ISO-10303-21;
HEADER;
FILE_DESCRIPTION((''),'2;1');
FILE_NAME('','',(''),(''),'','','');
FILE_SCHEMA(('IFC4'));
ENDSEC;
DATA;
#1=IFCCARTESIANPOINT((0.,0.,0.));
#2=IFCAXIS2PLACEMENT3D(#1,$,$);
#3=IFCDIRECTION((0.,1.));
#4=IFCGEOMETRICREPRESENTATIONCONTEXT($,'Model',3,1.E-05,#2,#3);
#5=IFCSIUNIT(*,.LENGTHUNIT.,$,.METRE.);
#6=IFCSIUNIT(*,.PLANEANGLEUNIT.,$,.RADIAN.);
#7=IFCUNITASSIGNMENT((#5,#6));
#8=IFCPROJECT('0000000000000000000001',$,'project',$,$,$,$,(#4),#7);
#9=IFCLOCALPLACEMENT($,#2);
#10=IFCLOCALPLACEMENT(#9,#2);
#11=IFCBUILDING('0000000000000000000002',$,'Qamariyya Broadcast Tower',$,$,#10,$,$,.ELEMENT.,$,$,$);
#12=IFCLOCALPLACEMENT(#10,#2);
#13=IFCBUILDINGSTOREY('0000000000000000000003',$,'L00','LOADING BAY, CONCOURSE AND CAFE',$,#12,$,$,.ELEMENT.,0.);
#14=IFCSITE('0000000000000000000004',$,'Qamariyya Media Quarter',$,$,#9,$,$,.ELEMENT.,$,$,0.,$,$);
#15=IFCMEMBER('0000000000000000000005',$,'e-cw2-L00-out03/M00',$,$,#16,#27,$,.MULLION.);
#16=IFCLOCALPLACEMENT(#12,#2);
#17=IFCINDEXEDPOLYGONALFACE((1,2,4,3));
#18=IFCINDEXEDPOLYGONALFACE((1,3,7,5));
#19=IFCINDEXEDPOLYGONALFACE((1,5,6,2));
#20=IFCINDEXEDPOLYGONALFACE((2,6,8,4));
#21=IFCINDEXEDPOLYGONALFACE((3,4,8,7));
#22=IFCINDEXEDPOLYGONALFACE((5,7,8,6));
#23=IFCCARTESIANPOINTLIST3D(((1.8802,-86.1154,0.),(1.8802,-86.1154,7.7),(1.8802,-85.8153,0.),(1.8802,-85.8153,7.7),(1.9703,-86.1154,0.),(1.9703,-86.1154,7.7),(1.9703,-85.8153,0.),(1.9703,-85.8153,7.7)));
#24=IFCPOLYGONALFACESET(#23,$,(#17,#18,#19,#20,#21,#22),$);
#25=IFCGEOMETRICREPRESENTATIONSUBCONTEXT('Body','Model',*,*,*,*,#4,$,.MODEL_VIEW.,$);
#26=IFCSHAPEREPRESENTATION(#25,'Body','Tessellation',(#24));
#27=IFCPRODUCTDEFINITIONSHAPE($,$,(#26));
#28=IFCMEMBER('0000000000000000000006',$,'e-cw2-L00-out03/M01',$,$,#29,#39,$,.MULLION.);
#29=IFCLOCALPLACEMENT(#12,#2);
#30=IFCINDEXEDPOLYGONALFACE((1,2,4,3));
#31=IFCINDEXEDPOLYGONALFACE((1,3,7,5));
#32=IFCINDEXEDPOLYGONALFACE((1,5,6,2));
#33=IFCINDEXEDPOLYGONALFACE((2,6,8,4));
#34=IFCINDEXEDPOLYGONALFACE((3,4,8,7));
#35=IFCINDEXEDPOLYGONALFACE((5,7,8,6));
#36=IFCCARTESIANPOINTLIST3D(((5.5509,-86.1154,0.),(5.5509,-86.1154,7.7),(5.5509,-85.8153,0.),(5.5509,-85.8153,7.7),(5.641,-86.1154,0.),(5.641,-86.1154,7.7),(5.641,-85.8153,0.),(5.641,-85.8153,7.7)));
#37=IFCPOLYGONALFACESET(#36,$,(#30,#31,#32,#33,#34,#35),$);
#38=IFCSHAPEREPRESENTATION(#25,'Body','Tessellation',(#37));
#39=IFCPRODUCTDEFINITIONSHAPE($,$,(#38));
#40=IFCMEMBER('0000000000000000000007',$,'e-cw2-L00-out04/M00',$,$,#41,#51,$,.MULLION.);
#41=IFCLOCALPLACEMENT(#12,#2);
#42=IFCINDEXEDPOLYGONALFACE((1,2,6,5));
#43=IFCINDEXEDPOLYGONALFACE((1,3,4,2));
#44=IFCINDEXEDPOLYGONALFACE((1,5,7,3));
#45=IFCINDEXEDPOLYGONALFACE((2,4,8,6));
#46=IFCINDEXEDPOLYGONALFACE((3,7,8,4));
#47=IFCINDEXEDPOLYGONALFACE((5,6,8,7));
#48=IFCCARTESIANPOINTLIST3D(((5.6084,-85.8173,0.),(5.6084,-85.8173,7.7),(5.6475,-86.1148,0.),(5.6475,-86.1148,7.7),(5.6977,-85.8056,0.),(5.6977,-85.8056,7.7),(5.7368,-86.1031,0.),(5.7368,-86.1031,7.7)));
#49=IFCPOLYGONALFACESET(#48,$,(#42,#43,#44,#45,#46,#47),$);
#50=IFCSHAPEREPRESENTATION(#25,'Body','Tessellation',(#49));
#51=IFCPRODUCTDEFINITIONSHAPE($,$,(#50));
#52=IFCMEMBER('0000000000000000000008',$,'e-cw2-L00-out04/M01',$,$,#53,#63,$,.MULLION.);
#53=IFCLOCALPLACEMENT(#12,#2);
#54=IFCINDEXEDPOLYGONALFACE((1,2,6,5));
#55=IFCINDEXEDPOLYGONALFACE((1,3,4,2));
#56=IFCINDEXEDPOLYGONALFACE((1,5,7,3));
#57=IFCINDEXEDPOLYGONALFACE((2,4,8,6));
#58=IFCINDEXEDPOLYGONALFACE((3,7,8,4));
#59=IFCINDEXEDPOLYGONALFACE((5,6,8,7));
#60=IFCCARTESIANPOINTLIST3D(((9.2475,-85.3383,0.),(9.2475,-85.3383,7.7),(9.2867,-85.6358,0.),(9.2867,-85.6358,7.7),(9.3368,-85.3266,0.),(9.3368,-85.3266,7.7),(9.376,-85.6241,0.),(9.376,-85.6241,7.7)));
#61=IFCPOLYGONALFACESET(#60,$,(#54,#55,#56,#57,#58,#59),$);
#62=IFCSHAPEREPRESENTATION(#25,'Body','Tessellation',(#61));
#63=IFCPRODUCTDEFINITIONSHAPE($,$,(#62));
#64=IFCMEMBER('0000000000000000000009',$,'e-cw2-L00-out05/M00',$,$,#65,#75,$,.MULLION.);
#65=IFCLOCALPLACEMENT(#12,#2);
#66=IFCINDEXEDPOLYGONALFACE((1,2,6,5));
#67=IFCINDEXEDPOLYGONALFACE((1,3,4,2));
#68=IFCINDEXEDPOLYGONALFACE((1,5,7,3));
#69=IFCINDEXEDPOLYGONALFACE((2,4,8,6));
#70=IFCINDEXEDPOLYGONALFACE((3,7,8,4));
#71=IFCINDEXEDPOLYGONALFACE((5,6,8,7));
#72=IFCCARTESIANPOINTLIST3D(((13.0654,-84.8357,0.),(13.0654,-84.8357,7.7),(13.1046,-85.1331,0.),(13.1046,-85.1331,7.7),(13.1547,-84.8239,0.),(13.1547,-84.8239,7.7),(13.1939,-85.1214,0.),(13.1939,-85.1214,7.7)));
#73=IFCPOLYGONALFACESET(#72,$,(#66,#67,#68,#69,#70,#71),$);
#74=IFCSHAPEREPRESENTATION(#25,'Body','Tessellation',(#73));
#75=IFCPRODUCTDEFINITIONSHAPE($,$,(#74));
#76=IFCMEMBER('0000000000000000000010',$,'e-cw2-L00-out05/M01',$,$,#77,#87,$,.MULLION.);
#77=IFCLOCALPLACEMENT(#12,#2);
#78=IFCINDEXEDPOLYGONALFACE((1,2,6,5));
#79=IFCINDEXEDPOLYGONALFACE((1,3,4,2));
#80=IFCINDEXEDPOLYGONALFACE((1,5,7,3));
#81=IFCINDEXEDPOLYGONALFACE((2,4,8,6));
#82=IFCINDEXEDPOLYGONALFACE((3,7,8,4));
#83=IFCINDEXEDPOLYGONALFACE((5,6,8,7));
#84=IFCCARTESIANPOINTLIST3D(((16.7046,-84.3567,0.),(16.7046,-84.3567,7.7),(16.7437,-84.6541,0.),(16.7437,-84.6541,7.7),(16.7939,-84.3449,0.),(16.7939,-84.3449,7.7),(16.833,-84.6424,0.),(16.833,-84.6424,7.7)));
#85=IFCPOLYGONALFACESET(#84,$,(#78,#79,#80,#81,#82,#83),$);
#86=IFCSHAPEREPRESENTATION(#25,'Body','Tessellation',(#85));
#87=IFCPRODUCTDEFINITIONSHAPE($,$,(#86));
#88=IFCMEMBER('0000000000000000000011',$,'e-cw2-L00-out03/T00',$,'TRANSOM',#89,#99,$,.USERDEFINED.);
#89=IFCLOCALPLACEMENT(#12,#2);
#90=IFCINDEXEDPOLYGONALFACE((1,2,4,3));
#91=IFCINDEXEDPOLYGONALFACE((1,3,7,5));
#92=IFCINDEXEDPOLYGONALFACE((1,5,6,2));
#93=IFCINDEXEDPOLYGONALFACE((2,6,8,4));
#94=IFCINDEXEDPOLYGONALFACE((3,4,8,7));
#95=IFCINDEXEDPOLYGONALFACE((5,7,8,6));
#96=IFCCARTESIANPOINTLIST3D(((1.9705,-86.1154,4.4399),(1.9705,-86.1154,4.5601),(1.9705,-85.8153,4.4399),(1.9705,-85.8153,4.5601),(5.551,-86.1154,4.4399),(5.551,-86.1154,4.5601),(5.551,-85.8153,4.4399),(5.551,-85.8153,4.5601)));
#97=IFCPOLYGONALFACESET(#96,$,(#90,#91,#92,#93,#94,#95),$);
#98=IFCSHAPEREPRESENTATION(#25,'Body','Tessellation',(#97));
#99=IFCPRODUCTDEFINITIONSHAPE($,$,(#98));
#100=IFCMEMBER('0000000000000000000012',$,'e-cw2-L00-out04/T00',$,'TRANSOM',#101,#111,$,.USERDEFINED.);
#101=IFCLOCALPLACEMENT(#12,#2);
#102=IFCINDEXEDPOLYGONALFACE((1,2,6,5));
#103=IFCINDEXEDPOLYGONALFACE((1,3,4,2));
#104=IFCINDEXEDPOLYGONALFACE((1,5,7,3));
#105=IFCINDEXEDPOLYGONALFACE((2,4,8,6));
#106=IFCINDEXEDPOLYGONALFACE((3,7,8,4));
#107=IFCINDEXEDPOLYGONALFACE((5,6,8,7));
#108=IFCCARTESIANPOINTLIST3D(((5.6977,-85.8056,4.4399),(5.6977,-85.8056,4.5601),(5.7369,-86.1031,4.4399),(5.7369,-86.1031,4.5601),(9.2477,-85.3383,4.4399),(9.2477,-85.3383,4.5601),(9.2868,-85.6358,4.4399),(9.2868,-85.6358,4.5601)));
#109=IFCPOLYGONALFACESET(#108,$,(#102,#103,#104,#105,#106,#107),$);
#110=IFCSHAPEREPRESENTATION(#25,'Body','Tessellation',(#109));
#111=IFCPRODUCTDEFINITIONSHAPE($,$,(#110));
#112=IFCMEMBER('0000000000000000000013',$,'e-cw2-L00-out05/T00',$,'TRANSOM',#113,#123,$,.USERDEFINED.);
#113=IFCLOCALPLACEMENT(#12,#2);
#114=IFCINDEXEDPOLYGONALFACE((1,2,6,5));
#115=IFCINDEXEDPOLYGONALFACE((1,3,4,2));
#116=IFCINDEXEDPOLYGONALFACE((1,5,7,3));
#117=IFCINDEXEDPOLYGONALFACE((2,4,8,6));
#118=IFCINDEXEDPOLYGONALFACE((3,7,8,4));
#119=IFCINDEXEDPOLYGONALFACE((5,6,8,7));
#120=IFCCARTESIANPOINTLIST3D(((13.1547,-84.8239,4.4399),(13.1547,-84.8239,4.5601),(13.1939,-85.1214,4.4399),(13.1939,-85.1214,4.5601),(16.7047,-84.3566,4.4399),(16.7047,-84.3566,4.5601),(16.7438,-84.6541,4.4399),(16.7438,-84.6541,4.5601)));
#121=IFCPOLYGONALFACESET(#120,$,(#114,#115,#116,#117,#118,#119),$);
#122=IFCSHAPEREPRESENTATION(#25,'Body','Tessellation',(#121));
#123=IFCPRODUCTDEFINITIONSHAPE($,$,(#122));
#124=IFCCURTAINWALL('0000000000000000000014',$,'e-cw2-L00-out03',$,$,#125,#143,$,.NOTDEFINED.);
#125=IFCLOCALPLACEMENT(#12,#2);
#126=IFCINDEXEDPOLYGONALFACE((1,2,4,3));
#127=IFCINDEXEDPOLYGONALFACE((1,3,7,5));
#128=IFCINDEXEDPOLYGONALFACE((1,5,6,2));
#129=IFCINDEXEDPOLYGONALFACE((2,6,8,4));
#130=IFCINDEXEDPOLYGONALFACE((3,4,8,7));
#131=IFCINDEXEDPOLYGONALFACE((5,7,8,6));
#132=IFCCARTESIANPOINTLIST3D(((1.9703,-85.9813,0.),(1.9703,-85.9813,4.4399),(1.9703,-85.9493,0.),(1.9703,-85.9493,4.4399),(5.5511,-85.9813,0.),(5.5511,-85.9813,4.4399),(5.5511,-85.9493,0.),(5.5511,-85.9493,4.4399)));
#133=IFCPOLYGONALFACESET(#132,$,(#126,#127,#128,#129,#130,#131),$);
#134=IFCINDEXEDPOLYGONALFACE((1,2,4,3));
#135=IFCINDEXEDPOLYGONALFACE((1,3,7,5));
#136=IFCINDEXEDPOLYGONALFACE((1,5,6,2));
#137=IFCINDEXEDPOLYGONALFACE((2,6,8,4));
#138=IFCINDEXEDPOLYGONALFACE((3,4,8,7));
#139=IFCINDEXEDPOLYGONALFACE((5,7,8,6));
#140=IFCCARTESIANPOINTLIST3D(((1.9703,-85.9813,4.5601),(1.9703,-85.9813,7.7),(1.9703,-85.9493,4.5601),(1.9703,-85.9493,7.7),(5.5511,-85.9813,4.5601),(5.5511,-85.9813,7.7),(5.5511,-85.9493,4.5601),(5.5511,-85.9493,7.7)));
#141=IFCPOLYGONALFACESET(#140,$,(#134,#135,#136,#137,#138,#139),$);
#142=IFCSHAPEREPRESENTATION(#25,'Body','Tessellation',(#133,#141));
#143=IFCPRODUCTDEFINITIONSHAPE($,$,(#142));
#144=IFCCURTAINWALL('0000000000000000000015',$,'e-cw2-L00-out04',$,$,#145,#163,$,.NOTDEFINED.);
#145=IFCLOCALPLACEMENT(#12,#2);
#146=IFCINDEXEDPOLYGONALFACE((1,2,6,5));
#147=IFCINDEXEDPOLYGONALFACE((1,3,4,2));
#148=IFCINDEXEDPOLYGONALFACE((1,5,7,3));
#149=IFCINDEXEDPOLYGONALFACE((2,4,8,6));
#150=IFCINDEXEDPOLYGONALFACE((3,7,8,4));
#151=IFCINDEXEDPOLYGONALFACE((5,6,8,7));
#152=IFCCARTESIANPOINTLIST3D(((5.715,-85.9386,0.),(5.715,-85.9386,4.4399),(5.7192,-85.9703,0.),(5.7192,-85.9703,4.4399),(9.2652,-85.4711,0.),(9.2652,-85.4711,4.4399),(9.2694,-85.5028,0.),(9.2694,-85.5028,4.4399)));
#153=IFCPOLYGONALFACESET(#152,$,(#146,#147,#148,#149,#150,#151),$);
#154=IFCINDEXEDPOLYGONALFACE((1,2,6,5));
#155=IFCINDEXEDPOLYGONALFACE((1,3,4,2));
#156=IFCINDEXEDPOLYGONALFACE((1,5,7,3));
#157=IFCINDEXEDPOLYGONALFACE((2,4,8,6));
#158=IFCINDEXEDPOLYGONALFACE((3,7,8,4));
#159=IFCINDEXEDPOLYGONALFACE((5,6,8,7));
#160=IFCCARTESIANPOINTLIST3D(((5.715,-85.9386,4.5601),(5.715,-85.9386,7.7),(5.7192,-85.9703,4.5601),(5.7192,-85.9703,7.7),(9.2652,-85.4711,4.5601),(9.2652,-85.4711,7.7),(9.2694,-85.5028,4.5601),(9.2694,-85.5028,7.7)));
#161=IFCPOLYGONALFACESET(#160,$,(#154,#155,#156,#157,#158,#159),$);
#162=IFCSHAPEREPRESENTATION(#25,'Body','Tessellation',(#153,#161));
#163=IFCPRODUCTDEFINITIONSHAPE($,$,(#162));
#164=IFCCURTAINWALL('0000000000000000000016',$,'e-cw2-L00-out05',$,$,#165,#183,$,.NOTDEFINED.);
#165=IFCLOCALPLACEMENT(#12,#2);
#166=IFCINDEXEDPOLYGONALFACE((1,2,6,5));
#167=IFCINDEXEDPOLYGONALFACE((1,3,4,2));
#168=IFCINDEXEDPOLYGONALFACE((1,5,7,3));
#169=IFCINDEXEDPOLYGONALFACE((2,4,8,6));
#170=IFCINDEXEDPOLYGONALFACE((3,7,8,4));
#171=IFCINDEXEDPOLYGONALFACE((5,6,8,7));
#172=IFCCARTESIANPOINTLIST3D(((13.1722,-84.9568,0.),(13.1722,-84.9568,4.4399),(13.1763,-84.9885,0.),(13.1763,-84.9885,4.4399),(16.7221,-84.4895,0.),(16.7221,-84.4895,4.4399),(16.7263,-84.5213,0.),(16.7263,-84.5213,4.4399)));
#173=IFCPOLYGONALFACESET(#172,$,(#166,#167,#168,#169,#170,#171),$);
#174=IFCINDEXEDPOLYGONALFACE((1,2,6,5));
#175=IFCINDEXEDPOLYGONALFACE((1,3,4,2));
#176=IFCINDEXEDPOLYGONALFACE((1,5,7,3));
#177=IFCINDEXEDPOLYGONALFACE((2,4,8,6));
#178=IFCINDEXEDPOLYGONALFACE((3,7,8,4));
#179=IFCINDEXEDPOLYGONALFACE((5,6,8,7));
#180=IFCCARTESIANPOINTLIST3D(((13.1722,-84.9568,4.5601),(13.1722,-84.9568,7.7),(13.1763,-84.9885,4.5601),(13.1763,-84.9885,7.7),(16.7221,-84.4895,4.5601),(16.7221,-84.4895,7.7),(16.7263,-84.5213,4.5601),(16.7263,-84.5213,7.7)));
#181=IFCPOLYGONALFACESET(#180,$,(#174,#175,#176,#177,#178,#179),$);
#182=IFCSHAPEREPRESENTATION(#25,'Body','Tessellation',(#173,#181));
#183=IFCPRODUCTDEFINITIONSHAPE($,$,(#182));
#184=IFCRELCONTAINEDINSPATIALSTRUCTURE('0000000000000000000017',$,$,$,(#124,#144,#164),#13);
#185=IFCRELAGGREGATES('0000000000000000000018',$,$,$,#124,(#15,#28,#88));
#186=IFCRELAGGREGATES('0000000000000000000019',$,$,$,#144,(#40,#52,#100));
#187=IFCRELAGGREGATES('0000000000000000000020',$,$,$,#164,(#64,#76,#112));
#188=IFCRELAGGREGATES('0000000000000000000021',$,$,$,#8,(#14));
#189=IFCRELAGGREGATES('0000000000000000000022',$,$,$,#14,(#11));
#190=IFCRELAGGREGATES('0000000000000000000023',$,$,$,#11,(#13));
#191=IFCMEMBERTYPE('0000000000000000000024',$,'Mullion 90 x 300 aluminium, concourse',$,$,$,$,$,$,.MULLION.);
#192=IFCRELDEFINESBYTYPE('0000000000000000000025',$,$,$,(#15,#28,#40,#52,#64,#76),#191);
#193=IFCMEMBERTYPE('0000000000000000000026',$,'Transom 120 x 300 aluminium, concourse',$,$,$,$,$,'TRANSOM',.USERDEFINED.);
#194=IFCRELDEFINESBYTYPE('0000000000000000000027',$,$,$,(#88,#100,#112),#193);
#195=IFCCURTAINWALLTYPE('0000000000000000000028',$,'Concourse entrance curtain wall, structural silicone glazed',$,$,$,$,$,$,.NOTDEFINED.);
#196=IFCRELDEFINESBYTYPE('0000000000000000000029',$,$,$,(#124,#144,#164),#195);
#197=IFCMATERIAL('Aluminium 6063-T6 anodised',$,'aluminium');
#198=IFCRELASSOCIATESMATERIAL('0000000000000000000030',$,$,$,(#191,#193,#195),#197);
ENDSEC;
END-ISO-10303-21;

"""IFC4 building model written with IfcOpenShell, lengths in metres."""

from ifc_helpers import new_model, si_unit, direction, frame, origin, origin_2d, place, context, subcontext, project, spatial, rectangle, extrude, material, material_profile, profile_set, type_object, element, aggregate, save


model = new_model("IFC4")

# Units and contexts
model_context = context("Model", 3, precision=1e-05, world=origin(), true_north=direction((0.0, 1.0)))
body_context = subcontext(model_context, "Body", "Model", "MODEL_VIEW")
ifc_project = project(units=[si_unit("LENGTHUNIT", "METRE"), si_unit("PLANEANGLEUNIT", "RADIAN")], contexts=[model_context])

# Members
ifc_material = material(Name="Aluminium 6063-T6 anodised", Category="aluminium")
site_placement = place(None, origin())
building_placement = place(site_placement, origin())
storey_placement = place(building_placement, origin())
ifc_material_profile_1 = material_profile(ifc_material, rectangle(XDim=0.3, YDim=0.0901, at=origin_2d()))
ifc_profile_set_1 = profile_set([ifc_material_profile_1], Name="Aluminium 6063-T6 anodised")
member_type_1 = type_object("IfcMemberType", Name="Mullion 90 x 300 aluminium, concourse", PredefinedType="MULLION", material=ifc_profile_set_1)
member_1_placement = place(storey_placement, frame((1.9253, -85.9653, 0.0), z_axis=(0.0, 0.0, 1.0), x_axis=(0.0, 1.0, 0.0)))
member_1 = element("IfcMember", 1, at=member_1_placement, type_object=member_type_1, Name="e-cw2-L00-out03/M00", PredefinedType="MULLION", context=body_context, shape_type="SweptSolid", body=[
    extrude(rectangle(XDim=0.3, YDim=0.0901, at=origin_2d()), origin(), (0.0, 0.0, 1.0), 7.7),
])
member_2_placement = place(storey_placement, frame((5.5959, -85.9653, 0.0), z_axis=(0.0, 0.0, 1.0), x_axis=(0.0, 1.0, 0.0)))
member_2 = element("IfcMember", 2, at=member_2_placement, type_object=member_type_1, Name="e-cw2-L00-out03/M01", PredefinedType="MULLION", context=body_context, shape_type="SweptSolid", body=[
    extrude(rectangle(XDim=0.3, YDim=0.0901, at=origin_2d()), origin(), (0.0, 0.0, 1.0), 7.7),
])
member_3_placement = place(storey_placement, frame((5.6726, -85.9602, 0.0), z_axis=(0.0, 0.0, 1.0), x_axis=(-0.130526, 0.991445, 0.0)))
member_3 = element("IfcMember", 3, at=member_3_placement, type_object=member_type_1, Name="e-cw2-L00-out04/M00", PredefinedType="MULLION", context=body_context, shape_type="SweptSolid", body=[
    extrude(rectangle(XDim=0.3, YDim=0.0901, at=origin_2d()), origin(), (0.0, 0.0, 1.0), 7.7),
])
member_4_placement = place(storey_placement, frame((9.3118, -85.4812, 0.0), z_axis=(0.0, 0.0, 1.0), x_axis=(-0.130526, 0.991445, 0.0)))
member_4 = element("IfcMember", 4, at=member_4_placement, type_object=member_type_1, Name="e-cw2-L00-out04/M01", PredefinedType="MULLION", context=body_context, shape_type="SweptSolid", body=[
    extrude(rectangle(XDim=0.3, YDim=0.0901, at=origin_2d()), origin(), (0.0, 0.0, 1.0), 7.7),
])
member_5_placement = place(storey_placement, frame((13.1296, -84.9785, 0.0), z_axis=(0.0, 0.0, 1.0), x_axis=(-0.130526, 0.991445, 0.0)))
member_5 = element("IfcMember", 5, at=member_5_placement, type_object=member_type_1, Name="e-cw2-L00-out05/M00", PredefinedType="MULLION", context=body_context, shape_type="SweptSolid", body=[
    extrude(rectangle(XDim=0.3, YDim=0.0901, at=origin_2d()), origin(), (0.0, 0.0, 1.0), 7.7),
])
member_6_placement = place(storey_placement, frame((16.7688, -84.4995, 0.0), z_axis=(0.0, 0.0, 1.0), x_axis=(-0.130526, 0.991445, 0.0)))
member_6 = element("IfcMember", 6, at=member_6_placement, type_object=member_type_1, Name="e-cw2-L00-out05/M01", PredefinedType="MULLION", context=body_context, shape_type="SweptSolid", body=[
    extrude(rectangle(XDim=0.3, YDim=0.0901, at=origin_2d()), origin(), (0.0, 0.0, 1.0), 7.7),
])
ifc_material_profile_2 = material_profile(ifc_material, rectangle(XDim=0.3, YDim=0.1201, at=origin_2d()))
ifc_profile_set_2 = profile_set([ifc_material_profile_2], Name="Aluminium 6063-T6 anodised")
member_type_2 = type_object("IfcMemberType", Name="Transom 120 x 300 aluminium, concourse", ElementType="TRANSOM", PredefinedType="USERDEFINED", material=ifc_profile_set_2)
member_7_placement = place(storey_placement, frame((1.9705, -85.9653, 4.5), z_axis=(1.0, 0.0, 0.0), x_axis=(0.0, 1.0, 0.0)))
member_7 = element("IfcMember", 7, at=member_7_placement, type_object=member_type_2, Name="e-cw2-L00-out03/T00", ObjectType="TRANSOM", PredefinedType="USERDEFINED", context=body_context, shape_type="SweptSolid", body=[
    extrude(rectangle(XDim=0.3, YDim=0.1201, at=origin_2d()), origin(), (0.0, 0.0, 1.0), 3.5806),
])
member_8_placement = place(storey_placement, frame((5.7173, -85.9543, 4.5), z_axis=(0.991448, 0.130502, 0.0), x_axis=(-0.130502, 0.991448, 0.0)))
member_8 = element("IfcMember", 8, at=member_8_placement, type_object=member_type_2, Name="e-cw2-L00-out04/T00", ObjectType="TRANSOM", PredefinedType="USERDEFINED", context=body_context, shape_type="SweptSolid", body=[
    extrude(rectangle(XDim=0.3, YDim=0.1201, at=origin_2d()), origin(), (0.0, 0.0, 1.0), 3.5806),
])
member_9_placement = place(storey_placement, frame((13.1743, -84.9727, 4.5), z_axis=(0.991448, 0.130502, 0.0), x_axis=(-0.130502, 0.991448, 0.0)))
member_9 = element("IfcMember", 9, at=member_9_placement, type_object=member_type_2, Name="e-cw2-L00-out05/T00", ObjectType="TRANSOM", PredefinedType="USERDEFINED", context=body_context, shape_type="SweptSolid", body=[
    extrude(rectangle(XDim=0.3, YDim=0.1201, at=origin_2d()), origin(), (0.0, 0.0, 1.0), 3.5806),
])

# Site, building, storey
site = spatial("IfcSite", under=ifc_project, at=site_placement, Name="Qamariyya Media Quarter", CompositionType="ELEMENT", RefElevation=0.0)
building = spatial("IfcBuilding", under=site, at=building_placement, Name="Qamariyya Broadcast Tower", CompositionType="ELEMENT")
storey = spatial("IfcBuildingStorey", under=building, at=storey_placement, Name="L00", Description="LOADING BAY, CONCOURSE AND CAFE", CompositionType="ELEMENT", Elevation=0.0)

# Curtain walls
curtain_wall_type_1 = type_object("IfcCurtainWallType", Name="Concourse entrance curtain wall, structural silicone glazed", PredefinedType="NOTDEFINED", material=ifc_material)
curtain_wall_1_placement = place(storey_placement, origin())
curtain_wall_1 = element("IfcCurtainWall", 10, at=curtain_wall_1_placement, inside=storey, type_object=curtain_wall_type_1, Name="e-cw2-L00-out03", PredefinedType="NOTDEFINED", context=body_context, shape_type="SweptSolid", body=[
    extrude(rectangle(XDim=3.5808, YDim=0.032, at=origin_2d()), frame((3.7607, -85.9653, 0.0), x_axis=(1.0, 0.0, 0.0)), (0.0, 0.0, 1.0), 4.4399),
    extrude(rectangle(XDim=3.5808, YDim=0.032, at=origin_2d()), frame((3.7607, -85.9653, 4.5601), x_axis=(1.0, 0.0, 0.0)), (0.0, 0.0, 1.0), 3.1399),
])
aggregate(curtain_wall_1, [member_1, member_2, member_7])
curtain_wall_2_placement = place(storey_placement, origin())
curtain_wall_2 = element("IfcCurtainWall", 11, at=curtain_wall_2_placement, inside=storey, type_object=curtain_wall_type_1, Name="e-cw2-L00-out04", PredefinedType="NOTDEFINED", context=body_context, shape_type="SweptSolid", body=[
    extrude(rectangle(XDim=3.5808, YDim=0.032, at=origin_2d()), frame((7.4922, -85.7207, 0.0), x_axis=(0.991441, 0.130552, 0.0)), (0.0, 0.0, 1.0), 4.4399),
    extrude(rectangle(XDim=3.5808, YDim=0.032, at=origin_2d()), frame((7.4922, -85.7207, 4.5601), x_axis=(0.991441, 0.130552, 0.0)), (0.0, 0.0, 1.0), 3.1399),
])
aggregate(curtain_wall_2, [member_3, member_4, member_8])
curtain_wall_3_placement = place(storey_placement, origin())
curtain_wall_3 = element("IfcCurtainWall", 12, at=curtain_wall_3_placement, inside=storey, type_object=curtain_wall_type_1, Name="e-cw2-L00-out05", PredefinedType="NOTDEFINED", context=body_context, shape_type="SweptSolid", body=[
    extrude(rectangle(XDim=3.5806, YDim=0.032, at=origin_2d()), frame((14.9492, -84.739, 0.0), x_axis=(0.99145, 0.130488, 0.0)), (0.0, 0.0, 1.0), 4.4399),
    extrude(rectangle(XDim=3.5806, YDim=0.032, at=origin_2d()), frame((14.9492, -84.739, 4.5601), x_axis=(0.99145, 0.130488, 0.0)), (0.0, 0.0, 1.0), 3.1399),
])
aggregate(curtain_wall_3, [member_5, member_6, member_9])

save(model, "model.ifc")
